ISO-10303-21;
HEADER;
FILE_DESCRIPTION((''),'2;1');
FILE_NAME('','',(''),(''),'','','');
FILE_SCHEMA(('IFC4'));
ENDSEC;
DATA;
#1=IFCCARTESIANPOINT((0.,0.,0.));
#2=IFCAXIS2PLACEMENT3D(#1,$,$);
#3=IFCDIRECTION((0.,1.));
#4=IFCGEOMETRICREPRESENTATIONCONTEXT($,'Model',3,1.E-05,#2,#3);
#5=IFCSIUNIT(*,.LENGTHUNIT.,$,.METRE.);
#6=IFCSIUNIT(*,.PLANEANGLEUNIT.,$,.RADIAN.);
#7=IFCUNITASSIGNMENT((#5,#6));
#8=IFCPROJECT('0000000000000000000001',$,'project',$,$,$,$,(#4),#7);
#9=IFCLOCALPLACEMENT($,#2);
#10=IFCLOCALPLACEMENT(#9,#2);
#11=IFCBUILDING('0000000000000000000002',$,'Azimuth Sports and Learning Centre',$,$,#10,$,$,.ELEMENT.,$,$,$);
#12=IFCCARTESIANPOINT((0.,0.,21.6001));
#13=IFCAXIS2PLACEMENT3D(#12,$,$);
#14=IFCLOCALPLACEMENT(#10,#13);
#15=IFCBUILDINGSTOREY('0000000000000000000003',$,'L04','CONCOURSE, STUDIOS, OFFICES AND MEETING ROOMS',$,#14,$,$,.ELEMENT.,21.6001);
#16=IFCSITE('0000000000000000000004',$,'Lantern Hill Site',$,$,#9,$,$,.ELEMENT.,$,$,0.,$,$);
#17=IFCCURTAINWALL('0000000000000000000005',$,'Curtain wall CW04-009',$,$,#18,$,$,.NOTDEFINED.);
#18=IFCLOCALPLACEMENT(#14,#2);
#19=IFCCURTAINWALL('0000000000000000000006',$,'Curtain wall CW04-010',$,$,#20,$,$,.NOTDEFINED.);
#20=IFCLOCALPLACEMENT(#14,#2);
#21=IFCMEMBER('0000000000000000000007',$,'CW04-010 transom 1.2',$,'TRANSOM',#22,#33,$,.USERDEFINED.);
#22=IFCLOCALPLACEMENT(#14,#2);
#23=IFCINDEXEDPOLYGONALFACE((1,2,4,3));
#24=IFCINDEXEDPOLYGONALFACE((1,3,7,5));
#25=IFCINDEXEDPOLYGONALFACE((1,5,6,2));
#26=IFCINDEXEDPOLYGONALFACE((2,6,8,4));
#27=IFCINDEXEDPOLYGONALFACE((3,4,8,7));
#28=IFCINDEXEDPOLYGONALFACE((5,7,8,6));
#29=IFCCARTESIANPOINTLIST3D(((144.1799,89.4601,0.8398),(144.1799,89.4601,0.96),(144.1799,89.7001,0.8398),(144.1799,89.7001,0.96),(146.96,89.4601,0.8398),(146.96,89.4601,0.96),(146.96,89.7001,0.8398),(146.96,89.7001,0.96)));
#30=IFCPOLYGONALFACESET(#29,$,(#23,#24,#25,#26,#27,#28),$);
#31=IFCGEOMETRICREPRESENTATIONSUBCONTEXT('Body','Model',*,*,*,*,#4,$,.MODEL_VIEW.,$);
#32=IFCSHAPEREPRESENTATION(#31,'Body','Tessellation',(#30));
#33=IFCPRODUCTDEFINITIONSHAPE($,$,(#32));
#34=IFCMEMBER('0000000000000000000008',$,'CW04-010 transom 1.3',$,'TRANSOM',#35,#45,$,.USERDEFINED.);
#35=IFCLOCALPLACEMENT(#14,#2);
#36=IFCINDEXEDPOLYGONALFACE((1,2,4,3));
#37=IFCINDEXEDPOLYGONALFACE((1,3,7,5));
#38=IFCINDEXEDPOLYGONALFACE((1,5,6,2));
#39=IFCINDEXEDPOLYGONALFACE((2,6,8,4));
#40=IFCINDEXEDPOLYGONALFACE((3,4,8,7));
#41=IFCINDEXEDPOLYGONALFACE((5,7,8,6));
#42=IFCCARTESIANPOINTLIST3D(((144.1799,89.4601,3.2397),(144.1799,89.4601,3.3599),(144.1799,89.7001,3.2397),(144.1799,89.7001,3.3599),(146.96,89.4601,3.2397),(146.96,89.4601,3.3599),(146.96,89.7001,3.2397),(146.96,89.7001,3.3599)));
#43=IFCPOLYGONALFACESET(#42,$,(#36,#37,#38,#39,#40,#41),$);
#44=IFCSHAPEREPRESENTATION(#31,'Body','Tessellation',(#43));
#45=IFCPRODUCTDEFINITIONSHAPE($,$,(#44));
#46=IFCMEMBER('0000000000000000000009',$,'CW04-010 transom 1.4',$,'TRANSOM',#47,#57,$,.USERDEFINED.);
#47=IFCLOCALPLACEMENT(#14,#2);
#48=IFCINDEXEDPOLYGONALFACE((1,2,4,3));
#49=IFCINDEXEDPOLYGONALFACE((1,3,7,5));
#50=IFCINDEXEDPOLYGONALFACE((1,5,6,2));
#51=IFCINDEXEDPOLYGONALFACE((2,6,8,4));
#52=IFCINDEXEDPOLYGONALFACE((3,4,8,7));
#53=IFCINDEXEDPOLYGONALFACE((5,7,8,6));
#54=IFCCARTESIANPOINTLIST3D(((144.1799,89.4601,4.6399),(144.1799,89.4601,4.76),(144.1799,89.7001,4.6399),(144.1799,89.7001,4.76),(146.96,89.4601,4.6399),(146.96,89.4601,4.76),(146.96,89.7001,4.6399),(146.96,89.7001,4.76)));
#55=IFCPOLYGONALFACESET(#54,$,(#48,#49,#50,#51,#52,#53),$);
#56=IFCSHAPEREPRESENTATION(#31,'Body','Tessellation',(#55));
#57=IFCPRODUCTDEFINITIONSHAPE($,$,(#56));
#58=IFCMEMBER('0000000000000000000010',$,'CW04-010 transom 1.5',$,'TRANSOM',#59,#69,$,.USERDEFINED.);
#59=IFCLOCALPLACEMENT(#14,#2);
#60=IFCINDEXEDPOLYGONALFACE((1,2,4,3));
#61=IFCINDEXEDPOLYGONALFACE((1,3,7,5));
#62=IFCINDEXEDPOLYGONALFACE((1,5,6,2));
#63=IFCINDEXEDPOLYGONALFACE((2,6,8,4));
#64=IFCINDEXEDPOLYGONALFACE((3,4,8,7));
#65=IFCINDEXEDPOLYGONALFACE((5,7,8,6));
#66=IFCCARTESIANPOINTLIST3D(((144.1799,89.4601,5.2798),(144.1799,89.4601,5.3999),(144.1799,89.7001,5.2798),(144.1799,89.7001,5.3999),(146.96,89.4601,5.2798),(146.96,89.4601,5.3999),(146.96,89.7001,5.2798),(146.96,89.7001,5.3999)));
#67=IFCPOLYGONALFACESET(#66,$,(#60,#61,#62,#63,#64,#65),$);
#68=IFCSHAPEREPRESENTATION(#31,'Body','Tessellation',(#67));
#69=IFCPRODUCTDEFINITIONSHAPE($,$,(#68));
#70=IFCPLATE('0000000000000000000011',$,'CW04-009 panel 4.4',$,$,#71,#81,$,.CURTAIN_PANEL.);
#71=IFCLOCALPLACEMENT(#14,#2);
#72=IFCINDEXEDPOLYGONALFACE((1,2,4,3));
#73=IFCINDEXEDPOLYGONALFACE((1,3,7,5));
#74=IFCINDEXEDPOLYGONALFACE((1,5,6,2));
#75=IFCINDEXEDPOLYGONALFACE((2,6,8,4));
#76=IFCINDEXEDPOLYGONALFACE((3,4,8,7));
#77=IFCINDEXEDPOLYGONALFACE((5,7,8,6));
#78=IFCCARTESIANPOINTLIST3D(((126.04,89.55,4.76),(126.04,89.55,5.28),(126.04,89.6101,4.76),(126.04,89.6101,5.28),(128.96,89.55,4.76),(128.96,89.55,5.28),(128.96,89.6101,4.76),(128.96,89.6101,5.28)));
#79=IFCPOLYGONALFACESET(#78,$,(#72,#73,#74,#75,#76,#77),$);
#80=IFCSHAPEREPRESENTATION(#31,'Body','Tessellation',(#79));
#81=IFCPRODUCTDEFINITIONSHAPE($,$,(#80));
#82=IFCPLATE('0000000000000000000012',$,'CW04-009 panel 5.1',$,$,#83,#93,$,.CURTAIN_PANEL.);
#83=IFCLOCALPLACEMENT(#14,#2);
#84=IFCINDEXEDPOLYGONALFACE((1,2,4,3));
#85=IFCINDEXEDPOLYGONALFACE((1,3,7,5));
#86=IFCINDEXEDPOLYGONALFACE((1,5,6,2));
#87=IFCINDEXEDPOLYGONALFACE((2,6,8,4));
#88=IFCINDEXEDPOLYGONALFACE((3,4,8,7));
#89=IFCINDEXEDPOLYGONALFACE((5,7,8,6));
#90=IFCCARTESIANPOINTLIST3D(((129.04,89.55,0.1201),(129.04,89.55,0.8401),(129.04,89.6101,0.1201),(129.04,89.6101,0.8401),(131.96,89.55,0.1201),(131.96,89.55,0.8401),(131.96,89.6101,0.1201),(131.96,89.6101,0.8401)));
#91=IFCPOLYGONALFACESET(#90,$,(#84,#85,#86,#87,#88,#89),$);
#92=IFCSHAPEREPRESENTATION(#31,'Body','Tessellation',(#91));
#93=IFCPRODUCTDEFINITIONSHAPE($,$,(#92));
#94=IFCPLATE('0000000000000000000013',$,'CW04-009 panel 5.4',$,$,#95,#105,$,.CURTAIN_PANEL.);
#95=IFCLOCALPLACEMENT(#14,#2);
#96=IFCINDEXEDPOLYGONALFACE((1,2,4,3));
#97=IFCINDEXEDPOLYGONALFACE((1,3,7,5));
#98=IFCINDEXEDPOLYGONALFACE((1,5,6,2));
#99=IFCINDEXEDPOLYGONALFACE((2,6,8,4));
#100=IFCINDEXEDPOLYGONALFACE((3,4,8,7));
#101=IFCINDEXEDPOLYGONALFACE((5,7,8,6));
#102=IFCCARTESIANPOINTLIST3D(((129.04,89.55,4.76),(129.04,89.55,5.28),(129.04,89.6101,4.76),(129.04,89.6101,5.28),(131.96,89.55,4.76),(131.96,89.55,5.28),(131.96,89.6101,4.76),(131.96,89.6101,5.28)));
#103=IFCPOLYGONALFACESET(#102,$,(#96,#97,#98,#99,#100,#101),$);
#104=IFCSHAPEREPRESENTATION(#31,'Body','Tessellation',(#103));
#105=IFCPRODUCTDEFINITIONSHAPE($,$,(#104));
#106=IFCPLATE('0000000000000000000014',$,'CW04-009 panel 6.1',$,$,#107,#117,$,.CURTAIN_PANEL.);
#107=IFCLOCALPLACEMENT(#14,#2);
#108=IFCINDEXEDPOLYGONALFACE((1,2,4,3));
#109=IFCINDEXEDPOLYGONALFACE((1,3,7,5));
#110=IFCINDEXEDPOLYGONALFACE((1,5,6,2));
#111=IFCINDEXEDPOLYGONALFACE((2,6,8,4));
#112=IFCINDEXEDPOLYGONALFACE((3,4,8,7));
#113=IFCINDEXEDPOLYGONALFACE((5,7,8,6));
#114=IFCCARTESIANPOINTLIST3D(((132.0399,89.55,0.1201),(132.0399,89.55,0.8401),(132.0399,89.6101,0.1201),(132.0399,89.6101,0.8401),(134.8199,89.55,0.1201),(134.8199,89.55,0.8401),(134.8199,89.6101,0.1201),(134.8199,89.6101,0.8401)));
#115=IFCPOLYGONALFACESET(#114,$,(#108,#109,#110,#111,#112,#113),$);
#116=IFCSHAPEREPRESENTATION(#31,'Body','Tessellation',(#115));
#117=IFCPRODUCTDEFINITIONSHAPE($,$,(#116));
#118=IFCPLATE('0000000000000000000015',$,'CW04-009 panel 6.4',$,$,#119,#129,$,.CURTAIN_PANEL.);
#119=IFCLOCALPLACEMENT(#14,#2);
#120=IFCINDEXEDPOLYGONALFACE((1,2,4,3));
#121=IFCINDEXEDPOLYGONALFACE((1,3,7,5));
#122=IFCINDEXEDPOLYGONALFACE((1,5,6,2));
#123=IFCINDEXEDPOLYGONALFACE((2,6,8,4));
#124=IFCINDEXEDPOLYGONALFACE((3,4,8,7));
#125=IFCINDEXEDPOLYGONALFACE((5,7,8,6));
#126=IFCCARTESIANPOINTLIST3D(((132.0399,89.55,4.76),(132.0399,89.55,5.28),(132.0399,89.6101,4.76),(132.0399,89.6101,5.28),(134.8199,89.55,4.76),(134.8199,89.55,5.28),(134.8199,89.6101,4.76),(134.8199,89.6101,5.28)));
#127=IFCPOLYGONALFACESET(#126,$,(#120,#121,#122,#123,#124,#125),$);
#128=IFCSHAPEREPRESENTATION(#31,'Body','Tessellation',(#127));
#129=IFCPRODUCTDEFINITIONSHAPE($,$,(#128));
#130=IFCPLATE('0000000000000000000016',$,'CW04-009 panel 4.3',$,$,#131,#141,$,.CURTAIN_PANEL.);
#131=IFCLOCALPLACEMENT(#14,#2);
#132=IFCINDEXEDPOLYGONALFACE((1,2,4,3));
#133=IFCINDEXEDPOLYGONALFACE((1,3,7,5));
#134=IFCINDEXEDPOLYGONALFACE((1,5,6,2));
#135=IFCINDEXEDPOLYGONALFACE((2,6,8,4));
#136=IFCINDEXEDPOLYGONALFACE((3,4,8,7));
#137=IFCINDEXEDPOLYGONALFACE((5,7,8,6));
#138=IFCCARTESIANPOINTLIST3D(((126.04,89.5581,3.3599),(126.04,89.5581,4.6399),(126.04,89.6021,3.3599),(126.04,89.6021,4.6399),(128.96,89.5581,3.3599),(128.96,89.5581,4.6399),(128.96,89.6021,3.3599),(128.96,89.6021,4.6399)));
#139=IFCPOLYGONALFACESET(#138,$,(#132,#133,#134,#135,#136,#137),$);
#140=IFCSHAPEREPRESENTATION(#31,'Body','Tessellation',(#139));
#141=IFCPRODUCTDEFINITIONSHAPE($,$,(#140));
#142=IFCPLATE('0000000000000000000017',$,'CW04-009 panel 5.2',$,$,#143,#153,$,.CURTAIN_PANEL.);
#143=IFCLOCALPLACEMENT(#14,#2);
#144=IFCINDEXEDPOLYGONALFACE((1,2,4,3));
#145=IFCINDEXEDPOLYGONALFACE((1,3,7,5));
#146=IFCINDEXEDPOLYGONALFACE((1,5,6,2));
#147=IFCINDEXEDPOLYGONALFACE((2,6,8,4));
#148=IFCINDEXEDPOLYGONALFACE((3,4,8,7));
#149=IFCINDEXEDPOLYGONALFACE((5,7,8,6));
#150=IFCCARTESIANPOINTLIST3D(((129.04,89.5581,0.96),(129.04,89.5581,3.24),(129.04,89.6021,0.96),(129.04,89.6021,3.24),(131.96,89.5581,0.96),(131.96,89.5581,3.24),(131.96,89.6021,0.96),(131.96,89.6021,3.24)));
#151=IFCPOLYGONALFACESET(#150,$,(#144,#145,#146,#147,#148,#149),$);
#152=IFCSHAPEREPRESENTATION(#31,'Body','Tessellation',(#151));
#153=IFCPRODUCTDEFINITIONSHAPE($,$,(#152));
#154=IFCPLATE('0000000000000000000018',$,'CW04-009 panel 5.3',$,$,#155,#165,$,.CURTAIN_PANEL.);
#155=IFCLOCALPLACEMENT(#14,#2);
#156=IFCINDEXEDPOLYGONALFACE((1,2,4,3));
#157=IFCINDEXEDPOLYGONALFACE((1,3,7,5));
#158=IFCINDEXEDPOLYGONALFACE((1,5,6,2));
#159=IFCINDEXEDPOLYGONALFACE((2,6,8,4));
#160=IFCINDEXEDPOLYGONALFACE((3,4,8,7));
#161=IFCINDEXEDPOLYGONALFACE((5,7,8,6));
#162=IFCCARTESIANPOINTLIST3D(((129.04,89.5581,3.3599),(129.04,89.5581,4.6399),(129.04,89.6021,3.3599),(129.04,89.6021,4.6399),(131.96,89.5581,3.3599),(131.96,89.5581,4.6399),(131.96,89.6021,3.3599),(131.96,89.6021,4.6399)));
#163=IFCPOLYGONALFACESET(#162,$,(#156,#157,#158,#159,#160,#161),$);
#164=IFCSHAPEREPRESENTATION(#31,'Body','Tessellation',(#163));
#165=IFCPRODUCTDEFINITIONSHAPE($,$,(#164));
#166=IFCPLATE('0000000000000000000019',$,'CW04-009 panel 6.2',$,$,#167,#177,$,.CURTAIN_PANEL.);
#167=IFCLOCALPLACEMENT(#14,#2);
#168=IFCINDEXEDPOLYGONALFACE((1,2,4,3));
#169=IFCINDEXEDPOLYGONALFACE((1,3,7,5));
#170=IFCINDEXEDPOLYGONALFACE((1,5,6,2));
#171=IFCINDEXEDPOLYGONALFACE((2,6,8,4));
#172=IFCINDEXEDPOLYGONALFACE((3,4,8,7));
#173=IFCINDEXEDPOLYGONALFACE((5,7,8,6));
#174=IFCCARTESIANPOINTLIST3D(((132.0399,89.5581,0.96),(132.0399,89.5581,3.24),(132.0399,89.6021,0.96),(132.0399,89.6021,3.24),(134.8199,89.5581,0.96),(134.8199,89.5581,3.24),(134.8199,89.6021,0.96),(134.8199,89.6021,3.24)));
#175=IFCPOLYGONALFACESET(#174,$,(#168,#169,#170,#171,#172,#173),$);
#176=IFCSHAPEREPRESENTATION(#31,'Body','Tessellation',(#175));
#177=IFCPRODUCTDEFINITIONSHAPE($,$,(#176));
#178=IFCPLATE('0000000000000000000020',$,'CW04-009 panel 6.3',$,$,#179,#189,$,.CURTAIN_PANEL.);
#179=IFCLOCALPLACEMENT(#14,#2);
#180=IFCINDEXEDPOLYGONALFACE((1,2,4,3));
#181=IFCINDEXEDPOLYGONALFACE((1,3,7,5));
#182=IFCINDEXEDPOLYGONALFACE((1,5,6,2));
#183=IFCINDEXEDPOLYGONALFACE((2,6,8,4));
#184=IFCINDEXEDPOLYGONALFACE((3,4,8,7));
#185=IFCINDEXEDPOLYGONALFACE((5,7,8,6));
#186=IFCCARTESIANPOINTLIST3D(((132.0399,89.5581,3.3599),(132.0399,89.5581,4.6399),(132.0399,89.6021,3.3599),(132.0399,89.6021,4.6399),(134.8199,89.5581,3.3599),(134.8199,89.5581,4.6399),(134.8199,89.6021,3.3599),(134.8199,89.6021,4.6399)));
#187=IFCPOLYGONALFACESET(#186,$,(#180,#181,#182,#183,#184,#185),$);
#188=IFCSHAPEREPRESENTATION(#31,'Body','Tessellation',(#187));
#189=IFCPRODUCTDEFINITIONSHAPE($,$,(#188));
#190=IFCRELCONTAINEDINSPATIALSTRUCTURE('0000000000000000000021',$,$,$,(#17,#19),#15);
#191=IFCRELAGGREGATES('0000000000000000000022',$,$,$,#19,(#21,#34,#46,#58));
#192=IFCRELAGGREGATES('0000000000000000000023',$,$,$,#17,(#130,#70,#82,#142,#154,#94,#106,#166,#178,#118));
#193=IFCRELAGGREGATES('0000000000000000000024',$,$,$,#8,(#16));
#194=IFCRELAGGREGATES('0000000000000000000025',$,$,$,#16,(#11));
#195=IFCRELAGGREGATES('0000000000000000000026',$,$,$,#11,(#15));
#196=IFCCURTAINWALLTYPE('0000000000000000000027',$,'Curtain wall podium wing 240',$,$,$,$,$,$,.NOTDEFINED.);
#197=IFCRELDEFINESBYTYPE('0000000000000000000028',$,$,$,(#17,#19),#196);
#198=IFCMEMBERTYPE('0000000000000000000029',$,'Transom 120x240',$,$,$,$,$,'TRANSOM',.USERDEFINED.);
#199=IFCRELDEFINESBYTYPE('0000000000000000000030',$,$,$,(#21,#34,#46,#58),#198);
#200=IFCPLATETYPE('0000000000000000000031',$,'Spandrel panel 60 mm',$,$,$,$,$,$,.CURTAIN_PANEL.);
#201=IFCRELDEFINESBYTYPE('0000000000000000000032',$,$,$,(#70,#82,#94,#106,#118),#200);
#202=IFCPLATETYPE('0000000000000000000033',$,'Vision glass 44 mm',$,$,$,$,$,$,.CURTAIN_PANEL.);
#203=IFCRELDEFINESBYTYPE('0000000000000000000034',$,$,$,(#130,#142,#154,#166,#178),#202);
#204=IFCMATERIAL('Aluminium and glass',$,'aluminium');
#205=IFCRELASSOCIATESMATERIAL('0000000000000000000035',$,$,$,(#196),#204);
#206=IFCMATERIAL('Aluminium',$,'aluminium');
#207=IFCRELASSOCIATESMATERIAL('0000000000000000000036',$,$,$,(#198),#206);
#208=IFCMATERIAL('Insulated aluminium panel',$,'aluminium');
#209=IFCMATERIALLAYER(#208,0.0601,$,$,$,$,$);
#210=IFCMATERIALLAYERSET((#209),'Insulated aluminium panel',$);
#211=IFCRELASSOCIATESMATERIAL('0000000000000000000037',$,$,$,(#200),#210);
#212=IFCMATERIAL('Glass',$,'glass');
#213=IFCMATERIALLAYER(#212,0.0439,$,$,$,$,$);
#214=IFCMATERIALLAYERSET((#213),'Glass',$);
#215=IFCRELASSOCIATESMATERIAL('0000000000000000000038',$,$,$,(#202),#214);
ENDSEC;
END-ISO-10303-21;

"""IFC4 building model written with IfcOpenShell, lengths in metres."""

from ifc_helpers import new_model, si_unit, direction, frame, origin, origin_2d, place, context, subcontext, project, spatial, rectangle, extrude, material, layer, layer_set, material_profile, profile_set, type_object, element, aggregate, save


model = new_model("IFC4")

# Units and contexts
model_context = context("Model", 3, precision=1e-05, world=origin(), true_north=direction((0.0, 1.0)))
body_context = subcontext(model_context, "Body", "Model", "MODEL_VIEW")
ifc_project = project(units=[si_unit("LENGTHUNIT", "METRE"), si_unit("PLANEANGLEUNIT", "RADIAN")], contexts=[model_context])

# Site, building, storey
site_placement = place(None, origin())
site = spatial("IfcSite", under=ifc_project, at=site_placement, Name="Lantern Hill Site", CompositionType="ELEMENT", RefElevation=0.0)
building_placement = place(site_placement, origin())
building = spatial("IfcBuilding", under=site, at=building_placement, Name="Azimuth Sports and Learning Centre", CompositionType="ELEMENT")
storey_placement = place(building_placement, frame((0.0, 0.0, 21.6001)))
storey = spatial("IfcBuildingStorey", under=building, at=storey_placement, Name="L04", Description="CONCOURSE, STUDIOS, OFFICES AND MEETING ROOMS", CompositionType="ELEMENT", Elevation=21.6001)

# Curtain wall
ifc_material_1 = material(Name="Aluminium and glass", Category="aluminium")
curtain_wall_type = type_object("IfcCurtainWallType", Name="Curtain wall podium wing 240", PredefinedType="NOTDEFINED", material=ifc_material_1)
curtain_wall_1_placement = place(storey_placement, origin())
curtain_wall_1 = element("IfcCurtainWall", 1, at=curtain_wall_1_placement, inside=storey, type_object=curtain_wall_type, Name="Curtain wall CW04-009", PredefinedType="NOTDEFINED")

# Curtain wall
curtain_wall_2_placement = place(storey_placement, origin())
curtain_wall_2 = element("IfcCurtainWall", 2, at=curtain_wall_2_placement, inside=storey, type_object=curtain_wall_type, Name="Curtain wall CW04-010", PredefinedType="NOTDEFINED")

# Members
ifc_material_2 = material(Name="Aluminium", Category="aluminium")
ifc_material_profile_1 = material_profile(ifc_material_2, rectangle(XDim=0.24, YDim=0.1201, at=origin_2d()), Name="Transom 120x240")
ifc_profile_set_1 = profile_set([ifc_material_profile_1], Name="Aluminium")
member_type_1 = type_object("IfcMemberType", Name="Transom 120x240", ElementType="TRANSOM", PredefinedType="USERDEFINED", material=ifc_profile_set_1)
member_1_placement = place(storey_placement, frame((144.1799, 89.5801, 0.8999), z_axis=(1.0, 0.0, 0.0), x_axis=(0.0, 1.0, 0.0)))
member_1 = element("IfcMember", 3, at=member_1_placement, type_object=member_type_1, Name="CW04-010 transom 1.2", ObjectType="TRANSOM", PredefinedType="USERDEFINED", context=body_context, shape_type="SweptSolid", body=[
    extrude(rectangle(XDim=0.24, YDim=0.1201, at=origin_2d()), origin(), (0.0, 0.0, 1.0), 2.78),
])
member_2_placement = place(storey_placement, frame((144.1799, 89.5801, 3.2998), z_axis=(1.0, 0.0, 0.0), x_axis=(0.0, 1.0, 0.0)))
member_2 = element("IfcMember", 4, at=member_2_placement, type_object=member_type_1, Name="CW04-010 transom 1.3", ObjectType="TRANSOM", PredefinedType="USERDEFINED", context=body_context, shape_type="SweptSolid", body=[
    extrude(rectangle(XDim=0.24, YDim=0.1201, at=origin_2d()), origin(), (0.0, 0.0, 1.0), 2.78),
])
member_3_placement = place(storey_placement, frame((144.1799, 89.5801, 4.7), z_axis=(1.0, 0.0, 0.0), x_axis=(0.0, 1.0, 0.0)))
member_3 = element("IfcMember", 5, at=member_3_placement, type_object=member_type_1, Name="CW04-010 transom 1.4", ObjectType="TRANSOM", PredefinedType="USERDEFINED", context=body_context, shape_type="SweptSolid", body=[
    extrude(rectangle(XDim=0.24, YDim=0.1201, at=origin_2d()), origin(), (0.0, 0.0, 1.0), 2.78),
])
member_4_placement = place(storey_placement, frame((144.1799, 89.5801, 5.3398), z_axis=(1.0, 0.0, 0.0), x_axis=(0.0, 1.0, 0.0)))
member_4 = element("IfcMember", 6, at=member_4_placement, type_object=member_type_1, Name="CW04-010 transom 1.5", ObjectType="TRANSOM", PredefinedType="USERDEFINED", context=body_context, shape_type="SweptSolid", body=[
    extrude(rectangle(XDim=0.24, YDim=0.1201, at=origin_2d()), origin(), (0.0, 0.0, 1.0), 2.78),
])
aggregate(curtain_wall_2, [member_1, member_2, member_3, member_4])

# Plates
ifc_material_3 = material(Name="Insulated aluminium panel", Category="aluminium")
ifc_layer_1 = layer(ifc_material_3, 0.0601)
ifc_layer_set_1 = layer_set([ifc_layer_1], Name="Insulated aluminium panel")
plate_type_1 = type_object("IfcPlateType", Name="Spandrel panel 60 mm", PredefinedType="CURTAIN_PANEL", material=ifc_layer_set_1)
plate_1_placement = place(storey_placement, frame((127.5, 89.5801, 4.76), z_axis=(0.0, 0.0, 1.0), x_axis=(1.0, 0.0, 0.0)))
plate_1 = element("IfcPlate", 7, at=plate_1_placement, type_object=plate_type_1, Name="CW04-009 panel 4.4", PredefinedType="CURTAIN_PANEL", context=body_context, shape_type="SweptSolid", body=[
    extrude(rectangle(XDim=2.9199, YDim=0.0601, at=origin_2d()), origin(), (0.0, 0.0, 1.0), 0.52),
])
plate_2_placement = place(storey_placement, frame((130.5, 89.5801, 0.1201), z_axis=(0.0, 0.0, 1.0), x_axis=(1.0, 0.0, 0.0)))
plate_2 = element("IfcPlate", 8, at=plate_2_placement, type_object=plate_type_1, Name="CW04-009 panel 5.1", PredefinedType="CURTAIN_PANEL", context=body_context, shape_type="SweptSolid", body=[
    extrude(rectangle(XDim=2.9199, YDim=0.0601, at=origin_2d()), origin(), (0.0, 0.0, 1.0), 0.72),
])
plate_3_placement = place(storey_placement, frame((130.5, 89.5801, 4.76), z_axis=(0.0, 0.0, 1.0), x_axis=(1.0, 0.0, 0.0)))
plate_3 = element("IfcPlate", 9, at=plate_3_placement, type_object=plate_type_1, Name="CW04-009 panel 5.4", PredefinedType="CURTAIN_PANEL", context=body_context, shape_type="SweptSolid", body=[
    extrude(rectangle(XDim=2.9199, YDim=0.0601, at=origin_2d()), origin(), (0.0, 0.0, 1.0), 0.52),
])
plate_4_placement = place(storey_placement, frame((133.4299, 89.5801, 0.1201), z_axis=(0.0, 0.0, 1.0), x_axis=(1.0, 0.0, 0.0)))
plate_4 = element("IfcPlate", 10, at=plate_4_placement, type_object=plate_type_1, Name="CW04-009 panel 6.1", PredefinedType="CURTAIN_PANEL", context=body_context, shape_type="SweptSolid", body=[
    extrude(rectangle(XDim=2.78, YDim=0.0601, at=origin_2d()), origin(), (0.0, 0.0, 1.0), 0.72),
])
plate_5_placement = place(storey_placement, frame((133.4299, 89.5801, 4.76), z_axis=(0.0, 0.0, 1.0), x_axis=(1.0, 0.0, 0.0)))
plate_5 = element("IfcPlate", 11, at=plate_5_placement, type_object=plate_type_1, Name="CW04-009 panel 6.4", PredefinedType="CURTAIN_PANEL", context=body_context, shape_type="SweptSolid", body=[
    extrude(rectangle(XDim=2.78, YDim=0.0601, at=origin_2d()), origin(), (0.0, 0.0, 1.0), 0.52),
])
ifc_material_4 = material(Name="Glass", Category="glass")
ifc_layer_2 = layer(ifc_material_4, 0.0439)
ifc_layer_set_2 = layer_set([ifc_layer_2], Name="Glass")
plate_type_2 = type_object("IfcPlateType", Name="Vision glass 44 mm", PredefinedType="CURTAIN_PANEL", material=ifc_layer_set_2)
plate_6_placement = place(storey_placement, frame((127.5, 89.5801, 3.3599), z_axis=(0.0, 0.0, 1.0), x_axis=(1.0, 0.0, 0.0)))
plate_6 = element("IfcPlate", 12, at=plate_6_placement, type_object=plate_type_2, Name="CW04-009 panel 4.3", PredefinedType="CURTAIN_PANEL", context=body_context, shape_type="SweptSolid", body=[
    extrude(rectangle(XDim=2.9199, YDim=0.0439, at=origin_2d()), origin(), (0.0, 0.0, 1.0), 1.28),
])
plate_7_placement = place(storey_placement, frame((130.5, 89.5801, 0.96), z_axis=(0.0, 0.0, 1.0), x_axis=(1.0, 0.0, 0.0)))
plate_7 = element("IfcPlate", 13, at=plate_7_placement, type_object=plate_type_2, Name="CW04-009 panel 5.2", PredefinedType="CURTAIN_PANEL", context=body_context, shape_type="SweptSolid", body=[
    extrude(rectangle(XDim=2.9199, YDim=0.0439, at=origin_2d()), origin(), (0.0, 0.0, 1.0), 2.28),
])
plate_8_placement = place(storey_placement, frame((130.5, 89.5801, 3.3599), z_axis=(0.0, 0.0, 1.0), x_axis=(1.0, 0.0, 0.0)))
plate_8 = element("IfcPlate", 14, at=plate_8_placement, type_object=plate_type_2, Name="CW04-009 panel 5.3", PredefinedType="CURTAIN_PANEL", context=body_context, shape_type="SweptSolid", body=[
    extrude(rectangle(XDim=2.9199, YDim=0.0439, at=origin_2d()), origin(), (0.0, 0.0, 1.0), 1.28),
])
plate_9_placement = place(storey_placement, frame((133.4299, 89.5801, 0.96), z_axis=(0.0, 0.0, 1.0), x_axis=(1.0, 0.0, 0.0)))
plate_9 = element("IfcPlate", 15, at=plate_9_placement, type_object=plate_type_2, Name="CW04-009 panel 6.2", PredefinedType="CURTAIN_PANEL", context=body_context, shape_type="SweptSolid", body=[
    extrude(rectangle(XDim=2.78, YDim=0.0439, at=origin_2d()), origin(), (0.0, 0.0, 1.0), 2.28),
])
plate_10_placement = place(storey_placement, frame((133.4299, 89.5801, 3.3599), z_axis=(0.0, 0.0, 1.0), x_axis=(1.0, 0.0, 0.0)))
plate_10 = element("IfcPlate", 16, at=plate_10_placement, type_object=plate_type_2, Name="CW04-009 panel 6.3", PredefinedType="CURTAIN_PANEL", context=body_context, shape_type="SweptSolid", body=[
    extrude(rectangle(XDim=2.78, YDim=0.0439, at=origin_2d()), origin(), (0.0, 0.0, 1.0), 1.28),
])
aggregate(curtain_wall_1, [plate_6, plate_1, plate_2, plate_7, plate_8, plate_3, plate_4, plate_9, plate_10, plate_5])

save(model, "model.ifc")
